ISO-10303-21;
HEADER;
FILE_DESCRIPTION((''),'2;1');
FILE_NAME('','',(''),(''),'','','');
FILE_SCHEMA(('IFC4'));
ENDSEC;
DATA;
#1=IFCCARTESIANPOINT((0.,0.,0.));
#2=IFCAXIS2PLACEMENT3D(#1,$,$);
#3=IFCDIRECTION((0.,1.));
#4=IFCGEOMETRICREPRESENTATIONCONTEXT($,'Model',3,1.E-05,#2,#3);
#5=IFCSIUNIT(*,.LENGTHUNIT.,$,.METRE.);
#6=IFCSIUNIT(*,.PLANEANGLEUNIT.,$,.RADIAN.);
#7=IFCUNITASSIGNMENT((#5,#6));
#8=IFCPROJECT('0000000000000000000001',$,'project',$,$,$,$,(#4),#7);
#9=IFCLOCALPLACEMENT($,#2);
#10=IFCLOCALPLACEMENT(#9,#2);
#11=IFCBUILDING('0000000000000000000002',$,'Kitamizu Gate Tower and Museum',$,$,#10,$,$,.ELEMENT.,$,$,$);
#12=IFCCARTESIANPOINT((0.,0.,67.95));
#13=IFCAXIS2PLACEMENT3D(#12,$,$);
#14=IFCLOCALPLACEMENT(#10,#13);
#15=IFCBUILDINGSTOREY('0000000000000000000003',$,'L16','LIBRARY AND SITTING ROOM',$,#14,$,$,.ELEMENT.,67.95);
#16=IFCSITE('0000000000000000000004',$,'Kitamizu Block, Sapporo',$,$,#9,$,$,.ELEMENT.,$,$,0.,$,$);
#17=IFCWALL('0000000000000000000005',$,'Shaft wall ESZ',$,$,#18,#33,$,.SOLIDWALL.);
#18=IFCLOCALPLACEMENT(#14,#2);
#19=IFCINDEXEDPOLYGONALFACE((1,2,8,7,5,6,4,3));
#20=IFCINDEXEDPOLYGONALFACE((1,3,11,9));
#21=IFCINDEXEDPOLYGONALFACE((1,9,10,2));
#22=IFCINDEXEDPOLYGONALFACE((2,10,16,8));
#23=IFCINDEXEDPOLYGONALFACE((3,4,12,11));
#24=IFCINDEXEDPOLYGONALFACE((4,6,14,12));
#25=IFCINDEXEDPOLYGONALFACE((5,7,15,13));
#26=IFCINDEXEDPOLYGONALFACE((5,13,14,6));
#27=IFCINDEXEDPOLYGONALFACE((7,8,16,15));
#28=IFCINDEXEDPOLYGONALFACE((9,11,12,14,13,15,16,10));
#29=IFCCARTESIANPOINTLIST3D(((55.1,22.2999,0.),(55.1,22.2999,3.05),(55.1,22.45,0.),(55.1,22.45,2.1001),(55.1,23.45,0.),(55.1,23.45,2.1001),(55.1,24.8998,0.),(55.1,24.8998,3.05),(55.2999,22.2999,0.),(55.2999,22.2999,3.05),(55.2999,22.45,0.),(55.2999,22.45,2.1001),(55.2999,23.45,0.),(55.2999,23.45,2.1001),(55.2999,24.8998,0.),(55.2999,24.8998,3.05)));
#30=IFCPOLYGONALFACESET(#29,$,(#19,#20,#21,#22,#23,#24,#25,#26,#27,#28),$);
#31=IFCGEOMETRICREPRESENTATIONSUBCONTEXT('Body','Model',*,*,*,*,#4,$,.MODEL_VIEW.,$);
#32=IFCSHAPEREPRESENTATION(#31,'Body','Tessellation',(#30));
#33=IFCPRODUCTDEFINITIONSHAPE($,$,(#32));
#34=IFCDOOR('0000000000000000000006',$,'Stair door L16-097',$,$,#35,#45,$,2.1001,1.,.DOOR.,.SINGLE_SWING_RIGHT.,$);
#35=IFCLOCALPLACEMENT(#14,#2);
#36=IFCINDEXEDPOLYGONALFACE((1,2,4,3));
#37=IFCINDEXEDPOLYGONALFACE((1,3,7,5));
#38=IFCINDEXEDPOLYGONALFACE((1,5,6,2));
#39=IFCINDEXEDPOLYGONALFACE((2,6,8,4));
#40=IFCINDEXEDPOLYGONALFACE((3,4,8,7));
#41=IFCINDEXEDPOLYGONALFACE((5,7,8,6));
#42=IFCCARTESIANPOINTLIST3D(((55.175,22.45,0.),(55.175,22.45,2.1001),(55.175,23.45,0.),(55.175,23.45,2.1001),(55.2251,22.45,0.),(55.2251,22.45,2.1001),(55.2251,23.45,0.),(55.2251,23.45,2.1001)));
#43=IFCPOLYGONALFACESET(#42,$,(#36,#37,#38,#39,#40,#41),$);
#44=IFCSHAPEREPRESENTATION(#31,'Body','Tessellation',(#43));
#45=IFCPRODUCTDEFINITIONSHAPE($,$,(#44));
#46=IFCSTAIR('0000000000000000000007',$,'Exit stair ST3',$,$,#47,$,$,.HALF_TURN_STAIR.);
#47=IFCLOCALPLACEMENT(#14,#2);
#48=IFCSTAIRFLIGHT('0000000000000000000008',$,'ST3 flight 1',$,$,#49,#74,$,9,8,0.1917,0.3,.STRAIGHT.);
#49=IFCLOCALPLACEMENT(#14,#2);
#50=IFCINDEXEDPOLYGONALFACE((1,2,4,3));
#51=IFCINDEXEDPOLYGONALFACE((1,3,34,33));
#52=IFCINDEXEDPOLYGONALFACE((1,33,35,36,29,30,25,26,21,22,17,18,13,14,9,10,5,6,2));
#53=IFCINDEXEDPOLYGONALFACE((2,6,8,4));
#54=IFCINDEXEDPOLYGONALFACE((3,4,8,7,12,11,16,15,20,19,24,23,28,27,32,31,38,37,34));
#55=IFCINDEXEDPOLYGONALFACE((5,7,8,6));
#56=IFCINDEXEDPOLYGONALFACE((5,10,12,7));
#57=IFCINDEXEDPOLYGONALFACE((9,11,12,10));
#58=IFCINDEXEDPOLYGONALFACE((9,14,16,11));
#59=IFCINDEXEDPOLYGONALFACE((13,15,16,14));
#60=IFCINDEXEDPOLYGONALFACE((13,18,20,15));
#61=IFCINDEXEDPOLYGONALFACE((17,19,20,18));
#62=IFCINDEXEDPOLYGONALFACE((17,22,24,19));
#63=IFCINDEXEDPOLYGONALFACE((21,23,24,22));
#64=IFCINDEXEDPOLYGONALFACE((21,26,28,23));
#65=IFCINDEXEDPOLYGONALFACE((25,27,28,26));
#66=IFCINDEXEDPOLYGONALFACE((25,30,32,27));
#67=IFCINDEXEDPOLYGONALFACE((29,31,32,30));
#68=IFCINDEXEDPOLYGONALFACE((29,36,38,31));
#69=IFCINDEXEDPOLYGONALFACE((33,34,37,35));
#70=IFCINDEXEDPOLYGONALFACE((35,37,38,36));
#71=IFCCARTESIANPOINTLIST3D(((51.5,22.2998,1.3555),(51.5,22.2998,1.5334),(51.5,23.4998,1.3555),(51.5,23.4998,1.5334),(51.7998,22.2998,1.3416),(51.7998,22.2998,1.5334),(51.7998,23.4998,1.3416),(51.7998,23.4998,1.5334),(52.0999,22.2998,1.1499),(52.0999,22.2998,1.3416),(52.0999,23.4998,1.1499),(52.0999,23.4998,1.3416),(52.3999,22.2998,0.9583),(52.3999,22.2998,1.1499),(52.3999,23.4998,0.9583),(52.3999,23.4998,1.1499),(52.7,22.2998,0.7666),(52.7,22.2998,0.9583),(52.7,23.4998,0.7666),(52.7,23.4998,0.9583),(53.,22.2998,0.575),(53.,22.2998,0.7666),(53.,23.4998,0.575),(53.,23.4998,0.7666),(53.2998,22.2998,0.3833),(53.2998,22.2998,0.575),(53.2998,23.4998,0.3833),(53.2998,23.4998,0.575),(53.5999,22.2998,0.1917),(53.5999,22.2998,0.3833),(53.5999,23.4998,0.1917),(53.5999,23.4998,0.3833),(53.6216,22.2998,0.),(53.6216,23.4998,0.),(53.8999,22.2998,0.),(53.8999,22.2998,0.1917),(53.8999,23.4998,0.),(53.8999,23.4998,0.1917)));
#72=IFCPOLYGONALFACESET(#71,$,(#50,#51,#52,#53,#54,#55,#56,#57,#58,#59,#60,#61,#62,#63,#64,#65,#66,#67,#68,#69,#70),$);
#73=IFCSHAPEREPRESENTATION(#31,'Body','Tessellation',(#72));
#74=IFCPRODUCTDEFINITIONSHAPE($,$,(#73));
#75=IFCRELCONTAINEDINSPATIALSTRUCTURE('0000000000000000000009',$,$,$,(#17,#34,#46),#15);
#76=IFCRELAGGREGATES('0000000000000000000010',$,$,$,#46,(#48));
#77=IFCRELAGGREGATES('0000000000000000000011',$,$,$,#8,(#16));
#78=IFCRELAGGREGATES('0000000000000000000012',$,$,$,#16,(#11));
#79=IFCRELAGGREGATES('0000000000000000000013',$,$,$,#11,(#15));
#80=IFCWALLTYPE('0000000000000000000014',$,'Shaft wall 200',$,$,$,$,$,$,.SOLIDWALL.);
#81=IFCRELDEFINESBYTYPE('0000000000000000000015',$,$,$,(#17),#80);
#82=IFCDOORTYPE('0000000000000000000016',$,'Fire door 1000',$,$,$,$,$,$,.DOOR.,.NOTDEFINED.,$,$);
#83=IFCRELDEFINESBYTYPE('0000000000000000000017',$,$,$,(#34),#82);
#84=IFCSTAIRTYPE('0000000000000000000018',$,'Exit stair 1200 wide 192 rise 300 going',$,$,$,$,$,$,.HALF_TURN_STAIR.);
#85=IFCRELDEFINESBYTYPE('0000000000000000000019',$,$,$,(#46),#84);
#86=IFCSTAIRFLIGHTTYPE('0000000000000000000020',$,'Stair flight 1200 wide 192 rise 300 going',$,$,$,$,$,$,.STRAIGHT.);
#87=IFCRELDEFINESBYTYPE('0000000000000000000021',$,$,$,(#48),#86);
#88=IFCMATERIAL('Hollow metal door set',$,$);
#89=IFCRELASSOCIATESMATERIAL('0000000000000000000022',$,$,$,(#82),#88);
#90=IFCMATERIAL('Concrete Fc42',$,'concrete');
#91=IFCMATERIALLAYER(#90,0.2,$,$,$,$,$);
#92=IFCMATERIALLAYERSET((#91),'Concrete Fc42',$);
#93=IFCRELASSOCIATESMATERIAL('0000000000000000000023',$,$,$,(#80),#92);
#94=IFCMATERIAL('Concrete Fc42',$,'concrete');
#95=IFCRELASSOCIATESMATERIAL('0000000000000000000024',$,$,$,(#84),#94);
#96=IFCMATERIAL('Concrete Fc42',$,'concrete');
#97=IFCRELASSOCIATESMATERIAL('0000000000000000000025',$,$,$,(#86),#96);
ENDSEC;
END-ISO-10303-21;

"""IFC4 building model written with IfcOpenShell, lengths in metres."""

from ifc_helpers import new_model, si_unit, direction, frame, frame_2d, origin, place, context, subcontext, project, spatial, polyline, rectangle, outline, extrude, material, layer, layer_set, type_object, element, fill, aggregate, save


model = new_model("IFC4")

# Units and contexts
model_context = context("Model", 3, precision=1e-05, world=origin(), true_north=direction((0.0, 1.0)))
body_context = subcontext(model_context, "Body", "Model", "MODEL_VIEW")
ifc_project = project(units=[si_unit("LENGTHUNIT", "METRE"), si_unit("PLANEANGLEUNIT", "RADIAN")], contexts=[model_context])

# Site, building, storey
site_placement = place(None, origin())
site = spatial("IfcSite", under=ifc_project, at=site_placement, Name="Kitamizu Block, Sapporo", CompositionType="ELEMENT", RefElevation=0.0)
building_placement = place(site_placement, origin())
building = spatial("IfcBuilding", under=site, at=building_placement, Name="Kitamizu Gate Tower and Museum", CompositionType="ELEMENT")
storey_placement = place(building_placement, frame((0.0, 0.0, 67.95)))
storey = spatial("IfcBuildingStorey", under=building, at=storey_placement, Name="L16", Description="LIBRARY AND SITTING ROOM", CompositionType="ELEMENT", Elevation=67.95)

# Shared definitions
ifc_material_1 = material(Name="Hollow metal door set")
door_type_1 = type_object("IfcDoorType", Name="Fire door 1000", OperationType="NOTDEFINED", PredefinedType="DOOR", material=ifc_material_1)

# Shared definitions
ifc_material_2 = material(Name="Concrete Fc42", Category="concrete")
ifc_layer_1 = layer(ifc_material_2, 0.2)
ifc_layer_set_1 = layer_set([ifc_layer_1], Name="Concrete Fc42")
wall_type_1 = type_object("IfcWallType", Name="Shaft wall 200", PredefinedType="SOLIDWALL", material=ifc_layer_set_1)

# Wall, opening, door
wall_1_placement = place(storey_placement, frame((55.2, 22.3, 0.0), z_axis=(0.0, 0.0, 1.0), x_axis=(0.0, 1.0, 0.0)))
wall_1 = element("IfcWall", 1, at=wall_1_placement, inside=storey, type_object=wall_type_1, Name="Shaft wall ESZ", PredefinedType="SOLIDWALL", context=body_context, shape_type="SweptSolid", body=[
    extrude(rectangle(XDim=2.5999, YDim=0.2, at=frame_2d((1.2998, 0.0))), origin(), (0.0, 0.0, 1.0), 3.05),
])
opening_1_placement = place(wall_1_placement, frame((0.1499, 0.0, 0.0)))
opening_1 = element("IfcOpeningElement", 2, at=opening_1_placement, cuts=wall_1, PredefinedType="OPENING", context=body_context, shape_type="SweptSolid", body=[
    extrude(rectangle(XDim=1.0, YDim=2.1001, at=frame_2d((0.5, 1.05))), frame((0.0, 0.1099, 0.0), z_axis=(0.0, -1.0, 0.0), x_axis=(1.0, 0.0, 0.0)), (0.0, 0.0, 1.0), 0.22),
])
door_1_placement = place(opening_1_placement, origin())
door_1 = element("IfcDoor", 3, at=door_1_placement, inside=storey, type_object=door_type_1, Name="Stair door L16-097", OperationType="SINGLE_SWING_RIGHT", OverallHeight=2.1001, OverallWidth=1.0, PredefinedType="DOOR", context=body_context, shape_type="SweptSolid", body=[
    extrude(rectangle(XDim=1.0, YDim=2.1001, at=frame_2d((0.5, 1.05))), frame((0.0, 0.0249, 0.0), z_axis=(0.0, -1.0, 0.0), x_axis=(1.0, 0.0, 0.0)), (0.0, 0.0, 1.0), 0.05),
])
fill(opening_1, door_1)

# Stair, stair flight
ifc_material_3 = material(Name="Concrete Fc42", Category="concrete")
stair_type = type_object("IfcStairType", Name="Exit stair 1200 wide 192 rise 300 going", PredefinedType="HALF_TURN_STAIR", material=ifc_material_3)
stair_placement = place(storey_placement, origin())
stair = element("IfcStair", 4, at=stair_placement, inside=storey, type_object=stair_type, Name="Exit stair ST3", PredefinedType="HALF_TURN_STAIR")
ifc_material_4 = material(Name="Concrete Fc42", Category="concrete")
stair_flight_type = type_object("IfcStairFlightType", Name="Stair flight 1200 wide 192 rise 300 going", PredefinedType="STRAIGHT", material=ifc_material_4)
stair_flight_placement = place(storey_placement, frame((53.8999, 22.8999, 0.0), z_axis=(0.0, 0.0, 1.0), x_axis=(-1.0, 0.0, 0.0)))
stair_flight = element("IfcStairFlight", 5, at=stair_flight_placement, type_object=stair_flight_type, Name="ST3 flight 1", NumberOfRisers=9, NumberOfTreads=8, PredefinedType="STRAIGHT", RiserHeight=0.1917, TreadLength=0.3, context=body_context, shape_type="SweptSolid", body=[
    extrude(outline(polyline([(0.0, 0.0), (0.0, 0.1917), (0.3, 0.1917), (0.3, 0.3833), (0.6001, 0.3833), (0.6001, 0.575), (0.8999, 0.575), (0.8999, 0.7666), (1.2, 0.7666), (1.2, 0.9583), (1.5, 0.9583), (1.5, 1.1499), (1.8, 1.1499), (1.8, 1.3416), (2.1001, 1.3416), (2.1001, 1.5334), (2.3999, 1.5334), (2.3999, 1.7251), (2.3999, 1.3555), (0.2783, 0.0), (0.0, 0.0)])), frame((0.0, 0.6001, 0.0), z_axis=(0.0, -1.0, 0.0), x_axis=(1.0, 0.0, 0.0)), (0.0, 0.0, 1.0), 1.2),
])
aggregate(stair, [stair_flight])

save(model, "model.ifc")
